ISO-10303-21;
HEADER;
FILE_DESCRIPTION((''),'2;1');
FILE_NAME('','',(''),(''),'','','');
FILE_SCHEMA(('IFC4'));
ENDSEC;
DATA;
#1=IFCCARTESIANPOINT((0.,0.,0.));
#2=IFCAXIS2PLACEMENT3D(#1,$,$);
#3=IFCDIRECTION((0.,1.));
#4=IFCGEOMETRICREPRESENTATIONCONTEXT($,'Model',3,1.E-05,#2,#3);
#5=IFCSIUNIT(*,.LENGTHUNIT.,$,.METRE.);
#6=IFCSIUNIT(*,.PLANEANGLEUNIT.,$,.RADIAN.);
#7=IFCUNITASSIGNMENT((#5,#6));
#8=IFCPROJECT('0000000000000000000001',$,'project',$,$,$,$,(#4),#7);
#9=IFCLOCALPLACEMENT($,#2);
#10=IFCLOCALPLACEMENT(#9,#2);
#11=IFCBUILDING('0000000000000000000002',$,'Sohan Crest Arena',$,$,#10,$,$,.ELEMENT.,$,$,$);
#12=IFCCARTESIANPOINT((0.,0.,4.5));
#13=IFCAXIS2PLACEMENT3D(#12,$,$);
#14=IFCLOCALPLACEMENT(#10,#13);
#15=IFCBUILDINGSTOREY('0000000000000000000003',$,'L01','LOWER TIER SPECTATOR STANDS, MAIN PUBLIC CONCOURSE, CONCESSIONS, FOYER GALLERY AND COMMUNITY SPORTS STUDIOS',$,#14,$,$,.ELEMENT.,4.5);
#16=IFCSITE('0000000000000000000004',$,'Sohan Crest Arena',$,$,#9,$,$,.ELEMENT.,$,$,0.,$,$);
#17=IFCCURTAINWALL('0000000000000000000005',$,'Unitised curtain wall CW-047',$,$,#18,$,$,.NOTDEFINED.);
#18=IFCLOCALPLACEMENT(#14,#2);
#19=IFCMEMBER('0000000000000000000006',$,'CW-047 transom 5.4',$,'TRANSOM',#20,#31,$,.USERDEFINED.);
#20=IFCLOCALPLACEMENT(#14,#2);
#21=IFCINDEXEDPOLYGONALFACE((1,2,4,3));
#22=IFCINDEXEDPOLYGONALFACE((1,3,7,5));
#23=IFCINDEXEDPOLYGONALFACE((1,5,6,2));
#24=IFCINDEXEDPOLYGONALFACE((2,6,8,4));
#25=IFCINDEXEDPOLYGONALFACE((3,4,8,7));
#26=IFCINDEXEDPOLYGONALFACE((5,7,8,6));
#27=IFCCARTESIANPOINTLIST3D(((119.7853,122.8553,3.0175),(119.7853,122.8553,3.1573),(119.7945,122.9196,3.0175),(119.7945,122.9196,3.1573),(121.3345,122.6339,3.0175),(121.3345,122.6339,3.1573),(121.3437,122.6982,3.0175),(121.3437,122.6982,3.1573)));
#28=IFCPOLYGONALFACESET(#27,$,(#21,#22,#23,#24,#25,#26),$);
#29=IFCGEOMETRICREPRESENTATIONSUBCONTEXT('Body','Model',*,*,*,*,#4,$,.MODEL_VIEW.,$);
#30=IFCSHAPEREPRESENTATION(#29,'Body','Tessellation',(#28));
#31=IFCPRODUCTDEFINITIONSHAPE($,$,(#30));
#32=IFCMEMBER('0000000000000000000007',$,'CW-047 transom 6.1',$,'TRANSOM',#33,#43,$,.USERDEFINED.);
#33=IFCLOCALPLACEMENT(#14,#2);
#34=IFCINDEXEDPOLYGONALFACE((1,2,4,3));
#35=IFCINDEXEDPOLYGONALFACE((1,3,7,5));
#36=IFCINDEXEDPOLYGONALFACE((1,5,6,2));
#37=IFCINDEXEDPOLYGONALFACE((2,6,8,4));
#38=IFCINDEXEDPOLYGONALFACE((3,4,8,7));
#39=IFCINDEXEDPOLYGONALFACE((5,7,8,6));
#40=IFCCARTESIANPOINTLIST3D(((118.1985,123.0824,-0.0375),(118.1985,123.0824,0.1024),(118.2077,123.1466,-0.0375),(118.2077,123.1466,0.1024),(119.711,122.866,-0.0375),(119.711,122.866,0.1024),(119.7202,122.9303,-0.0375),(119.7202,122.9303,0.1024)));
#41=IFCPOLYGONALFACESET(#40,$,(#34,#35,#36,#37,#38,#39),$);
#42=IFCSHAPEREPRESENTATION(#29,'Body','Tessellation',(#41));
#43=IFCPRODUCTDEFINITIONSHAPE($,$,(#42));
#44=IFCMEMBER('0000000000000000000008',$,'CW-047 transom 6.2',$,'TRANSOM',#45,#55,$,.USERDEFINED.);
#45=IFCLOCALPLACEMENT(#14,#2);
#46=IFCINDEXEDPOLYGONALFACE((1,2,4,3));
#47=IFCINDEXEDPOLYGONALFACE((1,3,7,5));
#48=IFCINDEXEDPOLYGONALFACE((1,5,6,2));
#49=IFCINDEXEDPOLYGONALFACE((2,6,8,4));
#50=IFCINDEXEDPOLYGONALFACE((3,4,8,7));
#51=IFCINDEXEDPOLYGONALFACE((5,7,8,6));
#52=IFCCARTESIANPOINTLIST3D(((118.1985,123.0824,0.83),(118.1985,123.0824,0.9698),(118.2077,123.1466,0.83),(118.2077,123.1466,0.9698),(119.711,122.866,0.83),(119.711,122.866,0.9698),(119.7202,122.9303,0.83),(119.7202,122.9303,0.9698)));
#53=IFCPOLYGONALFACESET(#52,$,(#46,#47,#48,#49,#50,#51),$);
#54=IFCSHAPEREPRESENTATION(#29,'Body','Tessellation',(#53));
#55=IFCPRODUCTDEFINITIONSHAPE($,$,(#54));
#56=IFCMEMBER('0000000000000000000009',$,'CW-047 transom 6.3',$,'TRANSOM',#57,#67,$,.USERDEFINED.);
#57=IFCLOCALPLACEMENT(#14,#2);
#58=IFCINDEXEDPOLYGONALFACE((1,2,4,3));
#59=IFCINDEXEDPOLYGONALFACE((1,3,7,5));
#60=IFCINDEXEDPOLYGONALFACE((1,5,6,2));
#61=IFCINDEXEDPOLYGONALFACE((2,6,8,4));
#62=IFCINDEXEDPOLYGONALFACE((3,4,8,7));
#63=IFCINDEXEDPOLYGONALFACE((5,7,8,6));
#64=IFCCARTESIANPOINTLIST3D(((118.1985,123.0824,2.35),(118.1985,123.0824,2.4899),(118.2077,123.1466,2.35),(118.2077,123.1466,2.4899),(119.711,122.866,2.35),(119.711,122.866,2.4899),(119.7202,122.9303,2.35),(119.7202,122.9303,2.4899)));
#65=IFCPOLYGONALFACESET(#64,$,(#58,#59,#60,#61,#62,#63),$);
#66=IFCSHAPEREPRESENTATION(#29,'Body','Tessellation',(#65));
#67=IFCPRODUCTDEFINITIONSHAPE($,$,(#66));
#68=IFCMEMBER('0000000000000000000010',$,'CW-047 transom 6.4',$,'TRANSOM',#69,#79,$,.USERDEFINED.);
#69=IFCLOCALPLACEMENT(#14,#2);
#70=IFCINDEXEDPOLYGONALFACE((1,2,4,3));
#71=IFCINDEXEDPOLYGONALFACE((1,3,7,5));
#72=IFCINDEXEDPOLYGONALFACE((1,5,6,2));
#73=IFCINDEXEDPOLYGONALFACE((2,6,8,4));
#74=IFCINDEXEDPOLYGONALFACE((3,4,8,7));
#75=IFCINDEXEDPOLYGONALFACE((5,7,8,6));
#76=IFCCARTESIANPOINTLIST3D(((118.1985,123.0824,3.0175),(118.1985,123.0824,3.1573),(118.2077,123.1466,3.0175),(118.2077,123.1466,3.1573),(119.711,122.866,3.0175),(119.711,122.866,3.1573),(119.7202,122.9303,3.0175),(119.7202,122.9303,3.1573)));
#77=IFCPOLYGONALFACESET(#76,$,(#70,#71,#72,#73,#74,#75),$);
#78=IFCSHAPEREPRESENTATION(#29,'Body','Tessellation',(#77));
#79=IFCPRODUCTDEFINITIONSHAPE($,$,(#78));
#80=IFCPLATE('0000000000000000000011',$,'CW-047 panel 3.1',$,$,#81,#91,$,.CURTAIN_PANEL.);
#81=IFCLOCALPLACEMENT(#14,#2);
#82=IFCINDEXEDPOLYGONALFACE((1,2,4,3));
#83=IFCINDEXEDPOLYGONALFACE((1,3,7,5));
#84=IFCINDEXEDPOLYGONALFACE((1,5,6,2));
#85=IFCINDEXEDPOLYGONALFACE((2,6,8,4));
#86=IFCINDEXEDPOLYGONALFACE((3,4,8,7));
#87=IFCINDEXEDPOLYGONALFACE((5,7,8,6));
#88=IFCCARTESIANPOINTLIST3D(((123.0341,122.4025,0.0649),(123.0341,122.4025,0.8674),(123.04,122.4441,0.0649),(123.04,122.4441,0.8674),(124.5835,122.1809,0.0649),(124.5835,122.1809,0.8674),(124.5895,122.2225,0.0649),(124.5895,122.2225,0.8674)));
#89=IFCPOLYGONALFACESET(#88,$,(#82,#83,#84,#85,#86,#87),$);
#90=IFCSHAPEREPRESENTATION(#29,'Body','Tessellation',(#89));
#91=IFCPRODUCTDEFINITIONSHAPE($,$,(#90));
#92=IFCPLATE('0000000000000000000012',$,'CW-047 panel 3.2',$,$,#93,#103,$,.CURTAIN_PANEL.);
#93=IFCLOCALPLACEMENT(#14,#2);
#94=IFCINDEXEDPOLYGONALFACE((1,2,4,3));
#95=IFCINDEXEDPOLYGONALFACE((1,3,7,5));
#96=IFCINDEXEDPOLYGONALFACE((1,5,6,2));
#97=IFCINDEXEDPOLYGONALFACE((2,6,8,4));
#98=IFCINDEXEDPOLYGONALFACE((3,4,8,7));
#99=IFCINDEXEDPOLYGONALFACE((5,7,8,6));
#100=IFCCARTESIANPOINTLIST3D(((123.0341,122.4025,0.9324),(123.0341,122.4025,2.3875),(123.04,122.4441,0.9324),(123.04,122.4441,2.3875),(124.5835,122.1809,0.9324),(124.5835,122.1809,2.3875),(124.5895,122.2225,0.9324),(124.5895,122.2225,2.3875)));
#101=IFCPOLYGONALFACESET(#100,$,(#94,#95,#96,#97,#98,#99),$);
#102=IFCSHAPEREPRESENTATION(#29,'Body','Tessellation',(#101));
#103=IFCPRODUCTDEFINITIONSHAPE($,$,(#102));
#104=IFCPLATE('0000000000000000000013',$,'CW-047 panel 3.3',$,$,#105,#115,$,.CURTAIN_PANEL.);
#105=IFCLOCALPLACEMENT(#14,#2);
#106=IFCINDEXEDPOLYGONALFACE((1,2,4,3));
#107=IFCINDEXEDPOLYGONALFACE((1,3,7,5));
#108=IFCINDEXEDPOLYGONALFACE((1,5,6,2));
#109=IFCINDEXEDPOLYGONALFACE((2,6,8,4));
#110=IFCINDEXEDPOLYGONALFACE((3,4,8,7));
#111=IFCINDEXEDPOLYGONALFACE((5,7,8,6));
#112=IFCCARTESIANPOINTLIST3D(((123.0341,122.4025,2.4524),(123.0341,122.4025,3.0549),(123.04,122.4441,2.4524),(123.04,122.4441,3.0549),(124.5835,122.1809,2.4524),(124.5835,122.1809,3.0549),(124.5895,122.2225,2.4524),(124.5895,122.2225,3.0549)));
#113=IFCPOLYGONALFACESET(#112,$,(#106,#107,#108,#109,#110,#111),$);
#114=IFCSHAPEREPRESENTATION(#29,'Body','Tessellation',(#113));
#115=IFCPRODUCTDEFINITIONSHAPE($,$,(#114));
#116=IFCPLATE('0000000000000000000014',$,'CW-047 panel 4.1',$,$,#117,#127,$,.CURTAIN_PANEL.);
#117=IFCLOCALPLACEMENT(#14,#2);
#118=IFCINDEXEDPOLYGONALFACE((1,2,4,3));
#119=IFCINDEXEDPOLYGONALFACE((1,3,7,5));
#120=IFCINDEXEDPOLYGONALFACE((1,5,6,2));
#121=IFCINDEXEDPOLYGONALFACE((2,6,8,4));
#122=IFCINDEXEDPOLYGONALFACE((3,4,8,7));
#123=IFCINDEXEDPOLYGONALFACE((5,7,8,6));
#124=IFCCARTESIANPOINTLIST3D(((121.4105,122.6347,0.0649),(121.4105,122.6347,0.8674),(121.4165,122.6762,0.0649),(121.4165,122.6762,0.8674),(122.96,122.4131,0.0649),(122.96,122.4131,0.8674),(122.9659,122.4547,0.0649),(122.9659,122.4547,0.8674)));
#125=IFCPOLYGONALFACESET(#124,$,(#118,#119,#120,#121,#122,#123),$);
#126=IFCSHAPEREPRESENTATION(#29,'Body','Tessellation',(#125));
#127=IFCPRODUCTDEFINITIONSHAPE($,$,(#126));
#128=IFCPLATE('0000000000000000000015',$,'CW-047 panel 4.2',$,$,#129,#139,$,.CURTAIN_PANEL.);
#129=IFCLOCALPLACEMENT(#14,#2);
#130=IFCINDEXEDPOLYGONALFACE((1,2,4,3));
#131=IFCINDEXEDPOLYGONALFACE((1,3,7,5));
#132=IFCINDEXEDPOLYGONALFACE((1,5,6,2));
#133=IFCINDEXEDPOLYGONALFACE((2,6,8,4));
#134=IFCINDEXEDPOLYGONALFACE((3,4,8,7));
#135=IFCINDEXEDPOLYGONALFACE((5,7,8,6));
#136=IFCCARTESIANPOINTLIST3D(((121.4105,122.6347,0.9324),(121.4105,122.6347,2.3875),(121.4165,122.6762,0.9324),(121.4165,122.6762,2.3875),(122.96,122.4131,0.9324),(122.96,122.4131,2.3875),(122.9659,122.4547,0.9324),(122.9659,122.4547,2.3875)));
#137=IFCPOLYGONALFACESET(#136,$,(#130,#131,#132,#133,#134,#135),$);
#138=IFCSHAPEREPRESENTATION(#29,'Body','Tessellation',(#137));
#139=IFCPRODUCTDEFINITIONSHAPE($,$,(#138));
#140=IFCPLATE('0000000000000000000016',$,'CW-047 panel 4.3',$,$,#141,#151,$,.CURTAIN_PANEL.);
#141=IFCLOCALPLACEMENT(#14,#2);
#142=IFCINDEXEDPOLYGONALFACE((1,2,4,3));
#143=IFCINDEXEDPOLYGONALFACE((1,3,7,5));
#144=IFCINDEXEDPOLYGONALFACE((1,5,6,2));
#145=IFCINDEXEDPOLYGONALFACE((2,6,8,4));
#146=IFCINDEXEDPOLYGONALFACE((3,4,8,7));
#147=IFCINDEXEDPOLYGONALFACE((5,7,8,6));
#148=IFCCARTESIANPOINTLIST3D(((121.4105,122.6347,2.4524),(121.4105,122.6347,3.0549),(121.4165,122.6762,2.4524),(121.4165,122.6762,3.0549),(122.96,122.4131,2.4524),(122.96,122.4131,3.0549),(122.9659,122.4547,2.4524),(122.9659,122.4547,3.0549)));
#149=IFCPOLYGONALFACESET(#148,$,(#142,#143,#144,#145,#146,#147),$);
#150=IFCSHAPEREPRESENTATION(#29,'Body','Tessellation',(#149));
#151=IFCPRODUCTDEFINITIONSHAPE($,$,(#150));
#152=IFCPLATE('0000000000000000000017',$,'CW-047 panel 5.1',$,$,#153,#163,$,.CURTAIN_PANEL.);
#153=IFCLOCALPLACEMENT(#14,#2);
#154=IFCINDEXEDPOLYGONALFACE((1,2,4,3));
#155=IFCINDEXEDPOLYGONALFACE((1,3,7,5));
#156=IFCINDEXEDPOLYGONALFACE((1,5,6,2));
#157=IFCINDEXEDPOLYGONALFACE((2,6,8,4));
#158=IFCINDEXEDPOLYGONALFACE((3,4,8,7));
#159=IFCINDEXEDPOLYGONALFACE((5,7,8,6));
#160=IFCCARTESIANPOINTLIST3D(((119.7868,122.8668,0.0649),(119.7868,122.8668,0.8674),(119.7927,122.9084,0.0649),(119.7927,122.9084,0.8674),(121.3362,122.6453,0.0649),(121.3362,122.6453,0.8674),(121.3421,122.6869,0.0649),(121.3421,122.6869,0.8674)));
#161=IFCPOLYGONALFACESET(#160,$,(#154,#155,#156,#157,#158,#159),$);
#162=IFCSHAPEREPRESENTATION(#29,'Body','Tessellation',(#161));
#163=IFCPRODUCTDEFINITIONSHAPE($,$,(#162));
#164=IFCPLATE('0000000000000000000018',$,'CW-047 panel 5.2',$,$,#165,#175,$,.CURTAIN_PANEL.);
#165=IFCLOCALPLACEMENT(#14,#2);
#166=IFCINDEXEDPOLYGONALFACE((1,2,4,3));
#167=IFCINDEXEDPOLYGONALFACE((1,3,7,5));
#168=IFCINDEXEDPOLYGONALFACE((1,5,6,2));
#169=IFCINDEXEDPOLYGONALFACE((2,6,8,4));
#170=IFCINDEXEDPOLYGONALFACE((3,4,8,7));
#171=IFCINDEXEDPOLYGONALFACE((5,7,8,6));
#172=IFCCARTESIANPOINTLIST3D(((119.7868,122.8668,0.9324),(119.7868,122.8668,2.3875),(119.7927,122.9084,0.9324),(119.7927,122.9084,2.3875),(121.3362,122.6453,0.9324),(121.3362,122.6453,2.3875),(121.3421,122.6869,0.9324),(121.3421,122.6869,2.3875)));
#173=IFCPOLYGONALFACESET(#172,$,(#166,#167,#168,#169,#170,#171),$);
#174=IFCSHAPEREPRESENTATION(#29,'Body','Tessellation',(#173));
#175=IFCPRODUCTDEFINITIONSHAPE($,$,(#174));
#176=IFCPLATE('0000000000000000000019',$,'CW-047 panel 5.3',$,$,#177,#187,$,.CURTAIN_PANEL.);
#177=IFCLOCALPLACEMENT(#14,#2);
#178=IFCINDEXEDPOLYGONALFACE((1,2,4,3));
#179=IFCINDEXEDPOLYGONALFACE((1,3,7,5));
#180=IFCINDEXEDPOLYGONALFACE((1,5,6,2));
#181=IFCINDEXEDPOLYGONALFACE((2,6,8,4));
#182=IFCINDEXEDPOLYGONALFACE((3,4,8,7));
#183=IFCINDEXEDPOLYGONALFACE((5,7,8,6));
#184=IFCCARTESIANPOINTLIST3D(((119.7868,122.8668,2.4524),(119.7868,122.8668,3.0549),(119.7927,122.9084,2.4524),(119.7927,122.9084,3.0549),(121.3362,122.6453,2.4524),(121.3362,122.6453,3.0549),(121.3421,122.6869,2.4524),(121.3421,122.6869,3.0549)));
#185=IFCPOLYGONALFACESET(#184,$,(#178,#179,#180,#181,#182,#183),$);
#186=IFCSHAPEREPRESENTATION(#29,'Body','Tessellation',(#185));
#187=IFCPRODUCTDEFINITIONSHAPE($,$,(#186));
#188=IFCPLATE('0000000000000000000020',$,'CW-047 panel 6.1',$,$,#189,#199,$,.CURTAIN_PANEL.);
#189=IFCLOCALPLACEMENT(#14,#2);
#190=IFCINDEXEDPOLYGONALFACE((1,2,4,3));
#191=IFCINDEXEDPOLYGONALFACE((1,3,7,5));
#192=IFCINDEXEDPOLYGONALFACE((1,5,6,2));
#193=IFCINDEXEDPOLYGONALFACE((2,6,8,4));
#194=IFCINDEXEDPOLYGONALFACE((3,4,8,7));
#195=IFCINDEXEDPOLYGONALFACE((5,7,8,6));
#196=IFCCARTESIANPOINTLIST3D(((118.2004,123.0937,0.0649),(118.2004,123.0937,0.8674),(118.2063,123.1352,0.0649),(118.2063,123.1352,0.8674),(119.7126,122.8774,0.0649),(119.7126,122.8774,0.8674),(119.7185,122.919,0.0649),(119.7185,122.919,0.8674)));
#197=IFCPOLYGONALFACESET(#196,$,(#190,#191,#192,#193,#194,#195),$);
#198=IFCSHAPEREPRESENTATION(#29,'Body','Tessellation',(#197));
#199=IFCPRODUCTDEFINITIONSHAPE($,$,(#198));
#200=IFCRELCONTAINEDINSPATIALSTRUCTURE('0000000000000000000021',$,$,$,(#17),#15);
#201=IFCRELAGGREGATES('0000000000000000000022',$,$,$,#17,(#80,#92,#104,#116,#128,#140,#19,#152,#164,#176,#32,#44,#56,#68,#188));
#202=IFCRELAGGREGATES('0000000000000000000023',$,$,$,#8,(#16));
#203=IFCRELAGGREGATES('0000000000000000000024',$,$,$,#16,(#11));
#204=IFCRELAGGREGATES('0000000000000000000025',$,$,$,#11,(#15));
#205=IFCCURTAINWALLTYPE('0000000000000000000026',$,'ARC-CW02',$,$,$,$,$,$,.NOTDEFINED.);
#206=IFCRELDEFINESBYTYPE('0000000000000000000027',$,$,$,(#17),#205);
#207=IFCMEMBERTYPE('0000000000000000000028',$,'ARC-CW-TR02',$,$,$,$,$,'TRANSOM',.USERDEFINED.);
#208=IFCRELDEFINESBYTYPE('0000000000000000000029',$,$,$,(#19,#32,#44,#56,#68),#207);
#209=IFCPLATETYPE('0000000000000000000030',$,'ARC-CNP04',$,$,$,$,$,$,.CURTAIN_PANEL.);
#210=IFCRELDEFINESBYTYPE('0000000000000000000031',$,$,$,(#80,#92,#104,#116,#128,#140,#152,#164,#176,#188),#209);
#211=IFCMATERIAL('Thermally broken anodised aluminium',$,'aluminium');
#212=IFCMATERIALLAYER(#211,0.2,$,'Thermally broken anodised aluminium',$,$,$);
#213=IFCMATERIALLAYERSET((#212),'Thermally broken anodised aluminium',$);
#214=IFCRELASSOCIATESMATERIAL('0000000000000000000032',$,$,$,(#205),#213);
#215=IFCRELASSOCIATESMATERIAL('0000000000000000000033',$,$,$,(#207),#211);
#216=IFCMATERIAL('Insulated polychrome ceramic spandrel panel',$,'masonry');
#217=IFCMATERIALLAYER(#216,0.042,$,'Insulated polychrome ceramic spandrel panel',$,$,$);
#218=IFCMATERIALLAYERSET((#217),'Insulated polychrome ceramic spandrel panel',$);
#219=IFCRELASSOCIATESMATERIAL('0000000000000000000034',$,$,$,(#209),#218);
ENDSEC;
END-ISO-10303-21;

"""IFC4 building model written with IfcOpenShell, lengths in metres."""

from ifc_helpers import new_model, si_unit, direction, frame, origin, origin_2d, place, context, subcontext, project, spatial, rectangle, extrude, material, layer, layer_set, material_profile, profile_set, type_object, element, aggregate, save


model = new_model("IFC4")

# Units and contexts
model_context = context("Model", 3, precision=1e-05, world=origin(), true_north=direction((0.0, 1.0)))
body_context = subcontext(model_context, "Body", "Model", "MODEL_VIEW")
ifc_project = project(units=[si_unit("LENGTHUNIT", "METRE"), si_unit("PLANEANGLEUNIT", "RADIAN")], contexts=[model_context])

# Site, building, storey
site_placement = place(None, origin())
site = spatial("IfcSite", under=ifc_project, at=site_placement, Name="Sohan Crest Arena", CompositionType="ELEMENT", RefElevation=0.0)
building_placement = place(site_placement, origin())
building = spatial("IfcBuilding", under=site, at=building_placement, Name="Sohan Crest Arena", CompositionType="ELEMENT")
storey_placement = place(building_placement, frame((0.0, 0.0, 4.5)))
storey = spatial("IfcBuildingStorey", under=building, at=storey_placement, Name="L01", Description="LOWER TIER SPECTATOR STANDS, MAIN PUBLIC CONCOURSE, CONCESSIONS, FOYER GALLERY AND COMMUNITY SPORTS STUDIOS", CompositionType="ELEMENT", Elevation=4.5)

# Curtain wall, members, plates
ifc_material_1 = material(Name="Thermally broken anodised aluminium", Category="aluminium")
ifc_layer_1 = layer(ifc_material_1, 0.2, Name="Thermally broken anodised aluminium")
ifc_layer_set_1 = layer_set([ifc_layer_1], Name="Thermally broken anodised aluminium")
curtain_wall_type = type_object("IfcCurtainWallType", Name="ARC-CW02", PredefinedType="NOTDEFINED", material=ifc_layer_set_1)
curtain_wall_placement = place(storey_placement, origin())
curtain_wall = element("IfcCurtainWall", 1, at=curtain_wall_placement, inside=storey, type_object=curtain_wall_type, Name="Unitised curtain wall CW-047", PredefinedType="NOTDEFINED")
ifc_material_profile_1 = material_profile(ifc_material_1, rectangle(XDim=0.0649, YDim=0.1399, at=origin_2d()), Name="ALU-TRAN 65x140")
ifc_profile_set_1 = profile_set([ifc_material_profile_1], Name="Thermally broken anodised aluminium")
member_type_1 = type_object("IfcMemberType", Name="ARC-CW-TR02", ElementType="TRANSOM", PredefinedType="USERDEFINED", material=ifc_profile_set_1)
member_1_placement = place(storey_placement, frame((121.3391, 122.666, 3.0874), z_axis=(-0.98994, 0.141487, 0.0), x_axis=(-0.141487, -0.98994, 0.0)))
member_1 = element("IfcMember", 2, at=member_1_placement, type_object=member_type_1, Name="CW-047 transom 5.4", ObjectType="TRANSOM", PredefinedType="USERDEFINED", context=body_context, shape_type="SweptSolid", body=[
    extrude(rectangle(XDim=0.0649, YDim=0.1399, at=origin_2d()), origin(), (0.0, 0.0, 1.0), 1.5649),
])
member_2_placement = place(storey_placement, frame((119.7156, 122.8982, 0.0325), z_axis=(-0.989927, 0.141578, 0.0), x_axis=(-0.141578, -0.989927, 0.0)))
member_2 = element("IfcMember", 3, at=member_2_placement, type_object=member_type_1, Name="CW-047 transom 6.1", ObjectType="TRANSOM", PredefinedType="USERDEFINED", context=body_context, shape_type="SweptSolid", body=[
    extrude(rectangle(XDim=0.0649, YDim=0.1399, at=origin_2d()), origin(), (0.0, 0.0, 1.0), 1.5278),
])
member_3_placement = place(storey_placement, frame((119.7156, 122.8982, 0.8999), z_axis=(-0.989927, 0.141578, 0.0), x_axis=(-0.141578, -0.989927, 0.0)))
member_3 = element("IfcMember", 4, at=member_3_placement, type_object=member_type_1, Name="CW-047 transom 6.2", ObjectType="TRANSOM", PredefinedType="USERDEFINED", context=body_context, shape_type="SweptSolid", body=[
    extrude(rectangle(XDim=0.0649, YDim=0.1399, at=origin_2d()), origin(), (0.0, 0.0, 1.0), 1.5278),
])
member_4_placement = place(storey_placement, frame((119.7156, 122.8982, 2.4199), z_axis=(-0.989927, 0.141578, 0.0), x_axis=(-0.141578, -0.989927, 0.0)))
member_4 = element("IfcMember", 5, at=member_4_placement, type_object=member_type_1, Name="CW-047 transom 6.3", ObjectType="TRANSOM", PredefinedType="USERDEFINED", context=body_context, shape_type="SweptSolid", body=[
    extrude(rectangle(XDim=0.0649, YDim=0.1399, at=origin_2d()), origin(), (0.0, 0.0, 1.0), 1.5278),
])
member_5_placement = place(storey_placement, frame((119.7156, 122.8982, 3.0874), z_axis=(-0.989927, 0.141578, 0.0), x_axis=(-0.141578, -0.989927, 0.0)))
member_5 = element("IfcMember", 6, at=member_5_placement, type_object=member_type_1, Name="CW-047 transom 6.4", ObjectType="TRANSOM", PredefinedType="USERDEFINED", context=body_context, shape_type="SweptSolid", body=[
    extrude(rectangle(XDim=0.0649, YDim=0.1399, at=origin_2d()), origin(), (0.0, 0.0, 1.0), 1.5278),
])
ifc_material_2 = material(Name="Insulated polychrome ceramic spandrel panel", Category="masonry")
ifc_layer_2 = layer(ifc_material_2, 0.042, Name="Insulated polychrome ceramic spandrel panel")
ifc_layer_set_2 = layer_set([ifc_layer_2], Name="Insulated polychrome ceramic spandrel panel")
plate_type = type_object("IfcPlateType", Name="ARC-CNP04", PredefinedType="CURTAIN_PANEL", material=ifc_layer_set_2)
plate_1_placement = place(storey_placement, frame((123.8118, 122.3125, 0.0649), z_axis=(0.0, 0.0, 1.0), x_axis=(-0.989931, 0.141549, 0.0)))
plate_1 = element("IfcPlate", 7, at=plate_1_placement, type_object=plate_type, Name="CW-047 panel 3.1", PredefinedType="CURTAIN_PANEL", context=body_context, shape_type="SweptSolid", body=[
    extrude(rectangle(XDim=1.5652, YDim=0.042, at=origin_2d()), origin(), (0.0, 0.0, 1.0), 0.8025),
])
plate_2_placement = place(storey_placement, frame((123.8118, 122.3125, 0.9324), z_axis=(0.0, 0.0, 1.0), x_axis=(-0.989931, 0.141549, 0.0)))
plate_2 = element("IfcPlate", 8, at=plate_2_placement, type_object=plate_type, Name="CW-047 panel 3.2", PredefinedType="CURTAIN_PANEL", context=body_context, shape_type="SweptSolid", body=[
    extrude(rectangle(XDim=1.5652, YDim=0.042, at=origin_2d()), origin(), (0.0, 0.0, 1.0), 1.4551),
])
plate_3_placement = place(storey_placement, frame((123.8118, 122.3125, 2.4524), z_axis=(0.0, 0.0, 1.0), x_axis=(-0.989931, 0.141549, 0.0)))
plate_3 = element("IfcPlate", 9, at=plate_3_placement, type_object=plate_type, Name="CW-047 panel 3.3", PredefinedType="CURTAIN_PANEL", context=body_context, shape_type="SweptSolid", body=[
    extrude(rectangle(XDim=1.5652, YDim=0.042, at=origin_2d()), origin(), (0.0, 0.0, 1.0), 0.6025),
])
plate_4_placement = place(storey_placement, frame((122.1882, 122.5447, 0.0649), z_axis=(0.0, 0.0, 1.0), x_axis=(-0.989931, 0.141549, 0.0)))
plate_4 = element("IfcPlate", 10, at=plate_4_placement, type_object=plate_type, Name="CW-047 panel 4.1", PredefinedType="CURTAIN_PANEL", context=body_context, shape_type="SweptSolid", body=[
    extrude(rectangle(XDim=1.5652, YDim=0.042, at=origin_2d()), origin(), (0.0, 0.0, 1.0), 0.8025),
])
plate_5_placement = place(storey_placement, frame((122.1882, 122.5447, 0.9324), z_axis=(0.0, 0.0, 1.0), x_axis=(-0.989931, 0.141549, 0.0)))
plate_5 = element("IfcPlate", 11, at=plate_5_placement, type_object=plate_type, Name="CW-047 panel 4.2", PredefinedType="CURTAIN_PANEL", context=body_context, shape_type="SweptSolid", body=[
    extrude(rectangle(XDim=1.5652, YDim=0.042, at=origin_2d()), origin(), (0.0, 0.0, 1.0), 1.4551),
])
plate_6_placement = place(storey_placement, frame((122.1882, 122.5447, 2.4524), z_axis=(0.0, 0.0, 1.0), x_axis=(-0.989931, 0.141549, 0.0)))
plate_6 = element("IfcPlate", 12, at=plate_6_placement, type_object=plate_type, Name="CW-047 panel 4.3", PredefinedType="CURTAIN_PANEL", context=body_context, shape_type="SweptSolid", body=[
    extrude(rectangle(XDim=1.5652, YDim=0.042, at=origin_2d()), origin(), (0.0, 0.0, 1.0), 0.6025),
])
plate_7_placement = place(storey_placement, frame((120.5645, 122.7769, 0.0649), z_axis=(0.0, 0.0, 1.0), x_axis=(-0.989931, 0.141549, 0.0)))
plate_7 = element("IfcPlate", 13, at=plate_7_placement, type_object=plate_type, Name="CW-047 panel 5.1", PredefinedType="CURTAIN_PANEL", context=body_context, shape_type="SweptSolid", body=[
    extrude(rectangle(XDim=1.5652, YDim=0.042, at=origin_2d()), origin(), (0.0, 0.0, 1.0), 0.8025),
])
plate_8_placement = place(storey_placement, frame((120.5645, 122.7769, 0.9324), z_axis=(0.0, 0.0, 1.0), x_axis=(-0.989931, 0.141549, 0.0)))
plate_8 = element("IfcPlate", 14, at=plate_8_placement, type_object=plate_type, Name="CW-047 panel 5.2", PredefinedType="CURTAIN_PANEL", context=body_context, shape_type="SweptSolid", body=[
    extrude(rectangle(XDim=1.5652, YDim=0.042, at=origin_2d()), origin(), (0.0, 0.0, 1.0), 1.4551),
])
plate_9_placement = place(storey_placement, frame((120.5645, 122.7769, 2.4524), z_axis=(0.0, 0.0, 1.0), x_axis=(-0.989931, 0.141549, 0.0)))
plate_9 = element("IfcPlate", 15, at=plate_9_placement, type_object=plate_type, Name="CW-047 panel 5.3", PredefinedType="CURTAIN_PANEL", context=body_context, shape_type="SweptSolid", body=[
    extrude(rectangle(XDim=1.5652, YDim=0.042, at=origin_2d()), origin(), (0.0, 0.0, 1.0), 0.6025),
])
plate_10_placement = place(storey_placement, frame((118.9595, 123.0063, 0.0649), z_axis=(0.0, 0.0, 1.0), x_axis=(-0.989931, 0.141549, 0.0)))
plate_10 = element("IfcPlate", 16, at=plate_10_placement, type_object=plate_type, Name="CW-047 panel 6.1", PredefinedType="CURTAIN_PANEL", context=body_context, shape_type="SweptSolid", body=[
    extrude(rectangle(XDim=1.5276, YDim=0.042, at=origin_2d()), origin(), (0.0, 0.0, 1.0), 0.8025),
])
aggregate(curtain_wall, [plate_1, plate_2, plate_3, plate_4, plate_5, plate_6, member_1, plate_7, plate_8, plate_9, member_2, member_3, member_4, member_5, plate_10])

save(model, "model.ifc")
